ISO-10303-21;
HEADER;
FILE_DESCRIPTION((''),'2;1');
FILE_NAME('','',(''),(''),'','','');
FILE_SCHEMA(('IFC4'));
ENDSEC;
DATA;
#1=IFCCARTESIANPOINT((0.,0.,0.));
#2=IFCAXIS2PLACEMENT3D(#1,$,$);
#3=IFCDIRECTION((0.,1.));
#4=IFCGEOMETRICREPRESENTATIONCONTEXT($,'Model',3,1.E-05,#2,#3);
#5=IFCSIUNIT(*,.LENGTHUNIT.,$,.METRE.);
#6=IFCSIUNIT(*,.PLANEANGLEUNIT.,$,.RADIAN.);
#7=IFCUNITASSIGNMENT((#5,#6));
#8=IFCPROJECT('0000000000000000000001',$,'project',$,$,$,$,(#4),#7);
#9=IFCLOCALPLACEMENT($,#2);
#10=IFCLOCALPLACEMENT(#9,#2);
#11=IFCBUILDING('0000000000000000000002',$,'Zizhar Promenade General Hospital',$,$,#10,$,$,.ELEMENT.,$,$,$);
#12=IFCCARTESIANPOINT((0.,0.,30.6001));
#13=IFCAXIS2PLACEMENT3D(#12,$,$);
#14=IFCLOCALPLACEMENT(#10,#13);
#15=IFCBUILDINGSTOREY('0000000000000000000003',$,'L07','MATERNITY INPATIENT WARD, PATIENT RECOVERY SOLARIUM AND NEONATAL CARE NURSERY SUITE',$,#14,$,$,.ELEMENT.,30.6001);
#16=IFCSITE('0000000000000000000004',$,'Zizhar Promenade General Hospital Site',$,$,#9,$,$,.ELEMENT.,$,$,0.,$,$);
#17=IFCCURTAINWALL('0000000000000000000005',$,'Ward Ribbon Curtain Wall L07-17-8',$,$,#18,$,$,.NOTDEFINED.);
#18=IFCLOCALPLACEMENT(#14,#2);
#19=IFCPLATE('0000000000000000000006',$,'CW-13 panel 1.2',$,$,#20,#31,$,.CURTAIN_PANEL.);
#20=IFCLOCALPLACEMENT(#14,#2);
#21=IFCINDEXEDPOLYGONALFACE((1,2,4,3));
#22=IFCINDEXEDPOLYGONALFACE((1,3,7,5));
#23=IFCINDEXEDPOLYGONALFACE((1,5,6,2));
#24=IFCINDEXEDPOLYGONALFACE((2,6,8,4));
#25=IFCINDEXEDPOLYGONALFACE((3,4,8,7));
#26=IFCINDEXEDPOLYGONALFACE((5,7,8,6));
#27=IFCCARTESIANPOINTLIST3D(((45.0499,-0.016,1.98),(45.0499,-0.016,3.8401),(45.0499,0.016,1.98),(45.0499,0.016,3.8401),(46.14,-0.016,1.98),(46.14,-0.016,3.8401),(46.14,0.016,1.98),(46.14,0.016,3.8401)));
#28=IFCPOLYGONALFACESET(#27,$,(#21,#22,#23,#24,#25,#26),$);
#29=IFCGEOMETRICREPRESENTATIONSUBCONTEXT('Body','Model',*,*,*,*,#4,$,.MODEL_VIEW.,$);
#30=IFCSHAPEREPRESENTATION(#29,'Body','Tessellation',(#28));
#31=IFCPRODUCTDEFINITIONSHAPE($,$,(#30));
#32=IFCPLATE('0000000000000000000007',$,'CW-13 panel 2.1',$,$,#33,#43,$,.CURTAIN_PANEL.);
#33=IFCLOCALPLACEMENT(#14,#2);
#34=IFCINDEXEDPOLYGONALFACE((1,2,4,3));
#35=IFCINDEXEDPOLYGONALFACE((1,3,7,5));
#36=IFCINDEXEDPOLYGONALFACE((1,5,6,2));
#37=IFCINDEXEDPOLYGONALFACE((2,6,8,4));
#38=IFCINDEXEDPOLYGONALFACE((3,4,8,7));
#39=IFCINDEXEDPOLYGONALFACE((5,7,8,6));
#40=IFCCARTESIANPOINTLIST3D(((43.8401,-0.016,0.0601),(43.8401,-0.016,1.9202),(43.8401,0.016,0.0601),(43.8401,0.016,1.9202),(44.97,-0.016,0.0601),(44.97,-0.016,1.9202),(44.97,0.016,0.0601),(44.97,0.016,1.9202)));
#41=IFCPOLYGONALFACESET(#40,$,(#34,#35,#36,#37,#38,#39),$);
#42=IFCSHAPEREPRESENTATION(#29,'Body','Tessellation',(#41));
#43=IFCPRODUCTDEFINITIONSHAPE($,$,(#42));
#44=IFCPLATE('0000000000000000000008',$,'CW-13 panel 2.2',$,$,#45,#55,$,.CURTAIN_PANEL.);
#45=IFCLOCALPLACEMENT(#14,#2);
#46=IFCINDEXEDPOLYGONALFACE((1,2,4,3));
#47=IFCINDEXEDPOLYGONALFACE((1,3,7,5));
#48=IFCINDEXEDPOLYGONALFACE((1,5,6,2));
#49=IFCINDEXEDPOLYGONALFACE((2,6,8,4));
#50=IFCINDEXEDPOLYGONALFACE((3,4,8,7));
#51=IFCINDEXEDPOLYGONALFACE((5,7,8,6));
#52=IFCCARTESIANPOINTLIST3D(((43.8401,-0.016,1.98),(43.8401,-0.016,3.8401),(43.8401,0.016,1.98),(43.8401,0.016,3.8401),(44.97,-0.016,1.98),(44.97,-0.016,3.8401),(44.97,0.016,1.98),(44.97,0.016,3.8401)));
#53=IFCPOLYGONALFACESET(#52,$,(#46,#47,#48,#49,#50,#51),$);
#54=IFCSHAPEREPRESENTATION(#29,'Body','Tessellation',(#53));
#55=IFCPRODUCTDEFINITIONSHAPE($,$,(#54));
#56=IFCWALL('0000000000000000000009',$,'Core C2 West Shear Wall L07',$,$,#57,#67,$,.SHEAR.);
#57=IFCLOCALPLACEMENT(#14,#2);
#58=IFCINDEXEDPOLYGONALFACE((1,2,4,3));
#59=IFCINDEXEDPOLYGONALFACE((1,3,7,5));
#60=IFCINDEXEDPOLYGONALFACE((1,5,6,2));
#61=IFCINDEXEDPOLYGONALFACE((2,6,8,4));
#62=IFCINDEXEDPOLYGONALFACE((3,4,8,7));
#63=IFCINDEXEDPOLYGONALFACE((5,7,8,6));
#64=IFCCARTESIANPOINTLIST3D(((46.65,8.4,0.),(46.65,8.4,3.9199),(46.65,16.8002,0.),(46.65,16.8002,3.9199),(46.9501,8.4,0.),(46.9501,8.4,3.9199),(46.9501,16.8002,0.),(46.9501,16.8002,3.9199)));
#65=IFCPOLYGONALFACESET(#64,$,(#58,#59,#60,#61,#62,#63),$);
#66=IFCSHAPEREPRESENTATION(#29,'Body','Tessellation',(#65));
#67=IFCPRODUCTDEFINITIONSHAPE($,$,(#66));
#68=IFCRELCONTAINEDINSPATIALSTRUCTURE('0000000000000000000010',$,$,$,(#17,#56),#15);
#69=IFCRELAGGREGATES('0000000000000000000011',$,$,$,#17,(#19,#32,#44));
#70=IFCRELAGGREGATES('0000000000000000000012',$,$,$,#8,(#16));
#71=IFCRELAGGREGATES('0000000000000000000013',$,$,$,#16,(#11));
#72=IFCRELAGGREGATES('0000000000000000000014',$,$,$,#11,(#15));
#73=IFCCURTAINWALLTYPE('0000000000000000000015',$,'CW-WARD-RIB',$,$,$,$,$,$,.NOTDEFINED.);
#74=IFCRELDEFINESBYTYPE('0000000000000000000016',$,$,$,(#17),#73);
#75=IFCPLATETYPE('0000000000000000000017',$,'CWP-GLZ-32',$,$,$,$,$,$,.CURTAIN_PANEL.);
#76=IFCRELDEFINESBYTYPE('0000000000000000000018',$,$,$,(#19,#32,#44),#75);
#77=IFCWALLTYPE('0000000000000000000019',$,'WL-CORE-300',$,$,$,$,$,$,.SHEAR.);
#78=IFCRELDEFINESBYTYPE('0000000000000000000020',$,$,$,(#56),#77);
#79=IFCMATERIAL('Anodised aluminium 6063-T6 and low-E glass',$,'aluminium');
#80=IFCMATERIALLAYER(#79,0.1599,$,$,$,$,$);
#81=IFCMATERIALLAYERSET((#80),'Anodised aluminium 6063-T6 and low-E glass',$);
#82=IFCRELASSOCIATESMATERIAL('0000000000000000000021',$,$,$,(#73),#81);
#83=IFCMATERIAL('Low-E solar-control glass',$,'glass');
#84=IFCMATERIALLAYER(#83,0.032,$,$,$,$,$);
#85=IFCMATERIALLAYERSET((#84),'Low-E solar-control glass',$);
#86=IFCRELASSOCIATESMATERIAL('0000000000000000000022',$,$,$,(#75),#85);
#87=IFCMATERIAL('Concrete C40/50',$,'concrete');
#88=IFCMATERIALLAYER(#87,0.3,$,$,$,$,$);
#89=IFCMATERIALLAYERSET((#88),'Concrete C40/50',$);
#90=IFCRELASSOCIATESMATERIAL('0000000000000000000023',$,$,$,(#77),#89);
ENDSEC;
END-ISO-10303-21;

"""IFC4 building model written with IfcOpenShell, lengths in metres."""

from ifc_helpers import new_model, si_unit, direction, frame, frame_2d, origin, origin_2d, place, context, subcontext, project, spatial, rectangle, extrude, material, layer, layer_set, type_object, element, aggregate, save


model = new_model("IFC4")

# Units and contexts
model_context = context("Model", 3, precision=1e-05, world=origin(), true_north=direction((0.0, 1.0)))
body_context = subcontext(model_context, "Body", "Model", "MODEL_VIEW")
ifc_project = project(units=[si_unit("LENGTHUNIT", "METRE"), si_unit("PLANEANGLEUNIT", "RADIAN")], contexts=[model_context])

# Site, building, storey
site_placement = place(None, origin())
site = spatial("IfcSite", under=ifc_project, at=site_placement, Name="Zizhar Promenade General Hospital Site", CompositionType="ELEMENT", RefElevation=0.0)
building_placement = place(site_placement, origin())
building = spatial("IfcBuilding", under=site, at=building_placement, Name="Zizhar Promenade General Hospital", CompositionType="ELEMENT")
storey_placement = place(building_placement, frame((0.0, 0.0, 30.6001)))
storey = spatial("IfcBuildingStorey", under=building, at=storey_placement, Name="L07", Description="MATERNITY INPATIENT WARD, PATIENT RECOVERY SOLARIUM AND NEONATAL CARE NURSERY SUITE", CompositionType="ELEMENT", Elevation=30.6001)

# Curtain wall
ifc_material_1 = material(Name="Anodised aluminium 6063-T6 and low-E glass", Category="aluminium")
ifc_layer_1 = layer(ifc_material_1, 0.1599)
ifc_layer_set_1 = layer_set([ifc_layer_1], Name="Anodised aluminium 6063-T6 and low-E glass")
curtain_wall_type = type_object("IfcCurtainWallType", Name="CW-WARD-RIB", PredefinedType="NOTDEFINED", material=ifc_layer_set_1)
curtain_wall_1_placement = place(storey_placement, origin())
curtain_wall_1 = element("IfcCurtainWall", 1, at=curtain_wall_1_placement, inside=storey, type_object=curtain_wall_type, Name="Ward Ribbon Curtain Wall L07-17-8", PredefinedType="NOTDEFINED")

# Plates
ifc_material_2 = material(Name="Low-E solar-control glass", Category="glass")
ifc_layer_2 = layer(ifc_material_2, 0.032)
ifc_layer_set_2 = layer_set([ifc_layer_2], Name="Low-E solar-control glass")
plate_type = type_object("IfcPlateType", Name="CWP-GLZ-32", PredefinedType="CURTAIN_PANEL", material=ifc_layer_set_2)
plate_1_placement = place(storey_placement, frame((45.595, 0.0, 1.98), z_axis=(0.0, 0.0, 1.0), x_axis=(-1.0, 0.0, 0.0)))
plate_1 = element("IfcPlate", 2, at=plate_1_placement, type_object=plate_type, Name="CW-13 panel 1.2", PredefinedType="CURTAIN_PANEL", context=body_context, shape_type="SweptSolid", body=[
    extrude(rectangle(XDim=1.0901, YDim=0.032, at=origin_2d()), origin(), (0.0, 0.0, 1.0), 1.8601),
])
plate_2_placement = place(storey_placement, frame((44.405, 0.0, 0.0601), z_axis=(0.0, 0.0, 1.0), x_axis=(-1.0, 0.0, 0.0)))
plate_2 = element("IfcPlate", 3, at=plate_2_placement, type_object=plate_type, Name="CW-13 panel 2.1", PredefinedType="CURTAIN_PANEL", context=body_context, shape_type="SweptSolid", body=[
    extrude(rectangle(XDim=1.1299, YDim=0.032, at=origin_2d()), origin(), (0.0, 0.0, 1.0), 1.8601),
])
plate_3_placement = place(storey_placement, frame((44.405, 0.0, 1.98), z_axis=(0.0, 0.0, 1.0), x_axis=(-1.0, 0.0, 0.0)))
plate_3 = element("IfcPlate", 4, at=plate_3_placement, type_object=plate_type, Name="CW-13 panel 2.2", PredefinedType="CURTAIN_PANEL", context=body_context, shape_type="SweptSolid", body=[
    extrude(rectangle(XDim=1.1299, YDim=0.032, at=origin_2d()), origin(), (0.0, 0.0, 1.0), 1.8601),
])
aggregate(curtain_wall_1, [plate_1, plate_2, plate_3])

# Wall
ifc_material_3 = material(Name="Concrete C40/50", Category="concrete")
ifc_layer_3 = layer(ifc_material_3, 0.3)
ifc_layer_set_3 = layer_set([ifc_layer_3], Name="Concrete C40/50")
wall_type = type_object("IfcWallType", Name="WL-CORE-300", PredefinedType="SHEAR", material=ifc_layer_set_3)
wall_1_placement = place(storey_placement, frame((46.8, 8.3999, 0.0), z_axis=(0.0, 0.0, 1.0), x_axis=(0.0, 1.0, 0.0)))
element("IfcWall", 5, at=wall_1_placement, inside=storey, type_object=wall_type, Name="Core C2 West Shear Wall L07", PredefinedType="SHEAR", context=body_context, shape_type="SweptSolid", body=[
    extrude(rectangle(XDim=8.4001, YDim=0.3, at=frame_2d((4.2002, 0.0))), origin(), (0.0, 0.0, 1.0), 3.9199),
])

save(model, "model.ifc")
